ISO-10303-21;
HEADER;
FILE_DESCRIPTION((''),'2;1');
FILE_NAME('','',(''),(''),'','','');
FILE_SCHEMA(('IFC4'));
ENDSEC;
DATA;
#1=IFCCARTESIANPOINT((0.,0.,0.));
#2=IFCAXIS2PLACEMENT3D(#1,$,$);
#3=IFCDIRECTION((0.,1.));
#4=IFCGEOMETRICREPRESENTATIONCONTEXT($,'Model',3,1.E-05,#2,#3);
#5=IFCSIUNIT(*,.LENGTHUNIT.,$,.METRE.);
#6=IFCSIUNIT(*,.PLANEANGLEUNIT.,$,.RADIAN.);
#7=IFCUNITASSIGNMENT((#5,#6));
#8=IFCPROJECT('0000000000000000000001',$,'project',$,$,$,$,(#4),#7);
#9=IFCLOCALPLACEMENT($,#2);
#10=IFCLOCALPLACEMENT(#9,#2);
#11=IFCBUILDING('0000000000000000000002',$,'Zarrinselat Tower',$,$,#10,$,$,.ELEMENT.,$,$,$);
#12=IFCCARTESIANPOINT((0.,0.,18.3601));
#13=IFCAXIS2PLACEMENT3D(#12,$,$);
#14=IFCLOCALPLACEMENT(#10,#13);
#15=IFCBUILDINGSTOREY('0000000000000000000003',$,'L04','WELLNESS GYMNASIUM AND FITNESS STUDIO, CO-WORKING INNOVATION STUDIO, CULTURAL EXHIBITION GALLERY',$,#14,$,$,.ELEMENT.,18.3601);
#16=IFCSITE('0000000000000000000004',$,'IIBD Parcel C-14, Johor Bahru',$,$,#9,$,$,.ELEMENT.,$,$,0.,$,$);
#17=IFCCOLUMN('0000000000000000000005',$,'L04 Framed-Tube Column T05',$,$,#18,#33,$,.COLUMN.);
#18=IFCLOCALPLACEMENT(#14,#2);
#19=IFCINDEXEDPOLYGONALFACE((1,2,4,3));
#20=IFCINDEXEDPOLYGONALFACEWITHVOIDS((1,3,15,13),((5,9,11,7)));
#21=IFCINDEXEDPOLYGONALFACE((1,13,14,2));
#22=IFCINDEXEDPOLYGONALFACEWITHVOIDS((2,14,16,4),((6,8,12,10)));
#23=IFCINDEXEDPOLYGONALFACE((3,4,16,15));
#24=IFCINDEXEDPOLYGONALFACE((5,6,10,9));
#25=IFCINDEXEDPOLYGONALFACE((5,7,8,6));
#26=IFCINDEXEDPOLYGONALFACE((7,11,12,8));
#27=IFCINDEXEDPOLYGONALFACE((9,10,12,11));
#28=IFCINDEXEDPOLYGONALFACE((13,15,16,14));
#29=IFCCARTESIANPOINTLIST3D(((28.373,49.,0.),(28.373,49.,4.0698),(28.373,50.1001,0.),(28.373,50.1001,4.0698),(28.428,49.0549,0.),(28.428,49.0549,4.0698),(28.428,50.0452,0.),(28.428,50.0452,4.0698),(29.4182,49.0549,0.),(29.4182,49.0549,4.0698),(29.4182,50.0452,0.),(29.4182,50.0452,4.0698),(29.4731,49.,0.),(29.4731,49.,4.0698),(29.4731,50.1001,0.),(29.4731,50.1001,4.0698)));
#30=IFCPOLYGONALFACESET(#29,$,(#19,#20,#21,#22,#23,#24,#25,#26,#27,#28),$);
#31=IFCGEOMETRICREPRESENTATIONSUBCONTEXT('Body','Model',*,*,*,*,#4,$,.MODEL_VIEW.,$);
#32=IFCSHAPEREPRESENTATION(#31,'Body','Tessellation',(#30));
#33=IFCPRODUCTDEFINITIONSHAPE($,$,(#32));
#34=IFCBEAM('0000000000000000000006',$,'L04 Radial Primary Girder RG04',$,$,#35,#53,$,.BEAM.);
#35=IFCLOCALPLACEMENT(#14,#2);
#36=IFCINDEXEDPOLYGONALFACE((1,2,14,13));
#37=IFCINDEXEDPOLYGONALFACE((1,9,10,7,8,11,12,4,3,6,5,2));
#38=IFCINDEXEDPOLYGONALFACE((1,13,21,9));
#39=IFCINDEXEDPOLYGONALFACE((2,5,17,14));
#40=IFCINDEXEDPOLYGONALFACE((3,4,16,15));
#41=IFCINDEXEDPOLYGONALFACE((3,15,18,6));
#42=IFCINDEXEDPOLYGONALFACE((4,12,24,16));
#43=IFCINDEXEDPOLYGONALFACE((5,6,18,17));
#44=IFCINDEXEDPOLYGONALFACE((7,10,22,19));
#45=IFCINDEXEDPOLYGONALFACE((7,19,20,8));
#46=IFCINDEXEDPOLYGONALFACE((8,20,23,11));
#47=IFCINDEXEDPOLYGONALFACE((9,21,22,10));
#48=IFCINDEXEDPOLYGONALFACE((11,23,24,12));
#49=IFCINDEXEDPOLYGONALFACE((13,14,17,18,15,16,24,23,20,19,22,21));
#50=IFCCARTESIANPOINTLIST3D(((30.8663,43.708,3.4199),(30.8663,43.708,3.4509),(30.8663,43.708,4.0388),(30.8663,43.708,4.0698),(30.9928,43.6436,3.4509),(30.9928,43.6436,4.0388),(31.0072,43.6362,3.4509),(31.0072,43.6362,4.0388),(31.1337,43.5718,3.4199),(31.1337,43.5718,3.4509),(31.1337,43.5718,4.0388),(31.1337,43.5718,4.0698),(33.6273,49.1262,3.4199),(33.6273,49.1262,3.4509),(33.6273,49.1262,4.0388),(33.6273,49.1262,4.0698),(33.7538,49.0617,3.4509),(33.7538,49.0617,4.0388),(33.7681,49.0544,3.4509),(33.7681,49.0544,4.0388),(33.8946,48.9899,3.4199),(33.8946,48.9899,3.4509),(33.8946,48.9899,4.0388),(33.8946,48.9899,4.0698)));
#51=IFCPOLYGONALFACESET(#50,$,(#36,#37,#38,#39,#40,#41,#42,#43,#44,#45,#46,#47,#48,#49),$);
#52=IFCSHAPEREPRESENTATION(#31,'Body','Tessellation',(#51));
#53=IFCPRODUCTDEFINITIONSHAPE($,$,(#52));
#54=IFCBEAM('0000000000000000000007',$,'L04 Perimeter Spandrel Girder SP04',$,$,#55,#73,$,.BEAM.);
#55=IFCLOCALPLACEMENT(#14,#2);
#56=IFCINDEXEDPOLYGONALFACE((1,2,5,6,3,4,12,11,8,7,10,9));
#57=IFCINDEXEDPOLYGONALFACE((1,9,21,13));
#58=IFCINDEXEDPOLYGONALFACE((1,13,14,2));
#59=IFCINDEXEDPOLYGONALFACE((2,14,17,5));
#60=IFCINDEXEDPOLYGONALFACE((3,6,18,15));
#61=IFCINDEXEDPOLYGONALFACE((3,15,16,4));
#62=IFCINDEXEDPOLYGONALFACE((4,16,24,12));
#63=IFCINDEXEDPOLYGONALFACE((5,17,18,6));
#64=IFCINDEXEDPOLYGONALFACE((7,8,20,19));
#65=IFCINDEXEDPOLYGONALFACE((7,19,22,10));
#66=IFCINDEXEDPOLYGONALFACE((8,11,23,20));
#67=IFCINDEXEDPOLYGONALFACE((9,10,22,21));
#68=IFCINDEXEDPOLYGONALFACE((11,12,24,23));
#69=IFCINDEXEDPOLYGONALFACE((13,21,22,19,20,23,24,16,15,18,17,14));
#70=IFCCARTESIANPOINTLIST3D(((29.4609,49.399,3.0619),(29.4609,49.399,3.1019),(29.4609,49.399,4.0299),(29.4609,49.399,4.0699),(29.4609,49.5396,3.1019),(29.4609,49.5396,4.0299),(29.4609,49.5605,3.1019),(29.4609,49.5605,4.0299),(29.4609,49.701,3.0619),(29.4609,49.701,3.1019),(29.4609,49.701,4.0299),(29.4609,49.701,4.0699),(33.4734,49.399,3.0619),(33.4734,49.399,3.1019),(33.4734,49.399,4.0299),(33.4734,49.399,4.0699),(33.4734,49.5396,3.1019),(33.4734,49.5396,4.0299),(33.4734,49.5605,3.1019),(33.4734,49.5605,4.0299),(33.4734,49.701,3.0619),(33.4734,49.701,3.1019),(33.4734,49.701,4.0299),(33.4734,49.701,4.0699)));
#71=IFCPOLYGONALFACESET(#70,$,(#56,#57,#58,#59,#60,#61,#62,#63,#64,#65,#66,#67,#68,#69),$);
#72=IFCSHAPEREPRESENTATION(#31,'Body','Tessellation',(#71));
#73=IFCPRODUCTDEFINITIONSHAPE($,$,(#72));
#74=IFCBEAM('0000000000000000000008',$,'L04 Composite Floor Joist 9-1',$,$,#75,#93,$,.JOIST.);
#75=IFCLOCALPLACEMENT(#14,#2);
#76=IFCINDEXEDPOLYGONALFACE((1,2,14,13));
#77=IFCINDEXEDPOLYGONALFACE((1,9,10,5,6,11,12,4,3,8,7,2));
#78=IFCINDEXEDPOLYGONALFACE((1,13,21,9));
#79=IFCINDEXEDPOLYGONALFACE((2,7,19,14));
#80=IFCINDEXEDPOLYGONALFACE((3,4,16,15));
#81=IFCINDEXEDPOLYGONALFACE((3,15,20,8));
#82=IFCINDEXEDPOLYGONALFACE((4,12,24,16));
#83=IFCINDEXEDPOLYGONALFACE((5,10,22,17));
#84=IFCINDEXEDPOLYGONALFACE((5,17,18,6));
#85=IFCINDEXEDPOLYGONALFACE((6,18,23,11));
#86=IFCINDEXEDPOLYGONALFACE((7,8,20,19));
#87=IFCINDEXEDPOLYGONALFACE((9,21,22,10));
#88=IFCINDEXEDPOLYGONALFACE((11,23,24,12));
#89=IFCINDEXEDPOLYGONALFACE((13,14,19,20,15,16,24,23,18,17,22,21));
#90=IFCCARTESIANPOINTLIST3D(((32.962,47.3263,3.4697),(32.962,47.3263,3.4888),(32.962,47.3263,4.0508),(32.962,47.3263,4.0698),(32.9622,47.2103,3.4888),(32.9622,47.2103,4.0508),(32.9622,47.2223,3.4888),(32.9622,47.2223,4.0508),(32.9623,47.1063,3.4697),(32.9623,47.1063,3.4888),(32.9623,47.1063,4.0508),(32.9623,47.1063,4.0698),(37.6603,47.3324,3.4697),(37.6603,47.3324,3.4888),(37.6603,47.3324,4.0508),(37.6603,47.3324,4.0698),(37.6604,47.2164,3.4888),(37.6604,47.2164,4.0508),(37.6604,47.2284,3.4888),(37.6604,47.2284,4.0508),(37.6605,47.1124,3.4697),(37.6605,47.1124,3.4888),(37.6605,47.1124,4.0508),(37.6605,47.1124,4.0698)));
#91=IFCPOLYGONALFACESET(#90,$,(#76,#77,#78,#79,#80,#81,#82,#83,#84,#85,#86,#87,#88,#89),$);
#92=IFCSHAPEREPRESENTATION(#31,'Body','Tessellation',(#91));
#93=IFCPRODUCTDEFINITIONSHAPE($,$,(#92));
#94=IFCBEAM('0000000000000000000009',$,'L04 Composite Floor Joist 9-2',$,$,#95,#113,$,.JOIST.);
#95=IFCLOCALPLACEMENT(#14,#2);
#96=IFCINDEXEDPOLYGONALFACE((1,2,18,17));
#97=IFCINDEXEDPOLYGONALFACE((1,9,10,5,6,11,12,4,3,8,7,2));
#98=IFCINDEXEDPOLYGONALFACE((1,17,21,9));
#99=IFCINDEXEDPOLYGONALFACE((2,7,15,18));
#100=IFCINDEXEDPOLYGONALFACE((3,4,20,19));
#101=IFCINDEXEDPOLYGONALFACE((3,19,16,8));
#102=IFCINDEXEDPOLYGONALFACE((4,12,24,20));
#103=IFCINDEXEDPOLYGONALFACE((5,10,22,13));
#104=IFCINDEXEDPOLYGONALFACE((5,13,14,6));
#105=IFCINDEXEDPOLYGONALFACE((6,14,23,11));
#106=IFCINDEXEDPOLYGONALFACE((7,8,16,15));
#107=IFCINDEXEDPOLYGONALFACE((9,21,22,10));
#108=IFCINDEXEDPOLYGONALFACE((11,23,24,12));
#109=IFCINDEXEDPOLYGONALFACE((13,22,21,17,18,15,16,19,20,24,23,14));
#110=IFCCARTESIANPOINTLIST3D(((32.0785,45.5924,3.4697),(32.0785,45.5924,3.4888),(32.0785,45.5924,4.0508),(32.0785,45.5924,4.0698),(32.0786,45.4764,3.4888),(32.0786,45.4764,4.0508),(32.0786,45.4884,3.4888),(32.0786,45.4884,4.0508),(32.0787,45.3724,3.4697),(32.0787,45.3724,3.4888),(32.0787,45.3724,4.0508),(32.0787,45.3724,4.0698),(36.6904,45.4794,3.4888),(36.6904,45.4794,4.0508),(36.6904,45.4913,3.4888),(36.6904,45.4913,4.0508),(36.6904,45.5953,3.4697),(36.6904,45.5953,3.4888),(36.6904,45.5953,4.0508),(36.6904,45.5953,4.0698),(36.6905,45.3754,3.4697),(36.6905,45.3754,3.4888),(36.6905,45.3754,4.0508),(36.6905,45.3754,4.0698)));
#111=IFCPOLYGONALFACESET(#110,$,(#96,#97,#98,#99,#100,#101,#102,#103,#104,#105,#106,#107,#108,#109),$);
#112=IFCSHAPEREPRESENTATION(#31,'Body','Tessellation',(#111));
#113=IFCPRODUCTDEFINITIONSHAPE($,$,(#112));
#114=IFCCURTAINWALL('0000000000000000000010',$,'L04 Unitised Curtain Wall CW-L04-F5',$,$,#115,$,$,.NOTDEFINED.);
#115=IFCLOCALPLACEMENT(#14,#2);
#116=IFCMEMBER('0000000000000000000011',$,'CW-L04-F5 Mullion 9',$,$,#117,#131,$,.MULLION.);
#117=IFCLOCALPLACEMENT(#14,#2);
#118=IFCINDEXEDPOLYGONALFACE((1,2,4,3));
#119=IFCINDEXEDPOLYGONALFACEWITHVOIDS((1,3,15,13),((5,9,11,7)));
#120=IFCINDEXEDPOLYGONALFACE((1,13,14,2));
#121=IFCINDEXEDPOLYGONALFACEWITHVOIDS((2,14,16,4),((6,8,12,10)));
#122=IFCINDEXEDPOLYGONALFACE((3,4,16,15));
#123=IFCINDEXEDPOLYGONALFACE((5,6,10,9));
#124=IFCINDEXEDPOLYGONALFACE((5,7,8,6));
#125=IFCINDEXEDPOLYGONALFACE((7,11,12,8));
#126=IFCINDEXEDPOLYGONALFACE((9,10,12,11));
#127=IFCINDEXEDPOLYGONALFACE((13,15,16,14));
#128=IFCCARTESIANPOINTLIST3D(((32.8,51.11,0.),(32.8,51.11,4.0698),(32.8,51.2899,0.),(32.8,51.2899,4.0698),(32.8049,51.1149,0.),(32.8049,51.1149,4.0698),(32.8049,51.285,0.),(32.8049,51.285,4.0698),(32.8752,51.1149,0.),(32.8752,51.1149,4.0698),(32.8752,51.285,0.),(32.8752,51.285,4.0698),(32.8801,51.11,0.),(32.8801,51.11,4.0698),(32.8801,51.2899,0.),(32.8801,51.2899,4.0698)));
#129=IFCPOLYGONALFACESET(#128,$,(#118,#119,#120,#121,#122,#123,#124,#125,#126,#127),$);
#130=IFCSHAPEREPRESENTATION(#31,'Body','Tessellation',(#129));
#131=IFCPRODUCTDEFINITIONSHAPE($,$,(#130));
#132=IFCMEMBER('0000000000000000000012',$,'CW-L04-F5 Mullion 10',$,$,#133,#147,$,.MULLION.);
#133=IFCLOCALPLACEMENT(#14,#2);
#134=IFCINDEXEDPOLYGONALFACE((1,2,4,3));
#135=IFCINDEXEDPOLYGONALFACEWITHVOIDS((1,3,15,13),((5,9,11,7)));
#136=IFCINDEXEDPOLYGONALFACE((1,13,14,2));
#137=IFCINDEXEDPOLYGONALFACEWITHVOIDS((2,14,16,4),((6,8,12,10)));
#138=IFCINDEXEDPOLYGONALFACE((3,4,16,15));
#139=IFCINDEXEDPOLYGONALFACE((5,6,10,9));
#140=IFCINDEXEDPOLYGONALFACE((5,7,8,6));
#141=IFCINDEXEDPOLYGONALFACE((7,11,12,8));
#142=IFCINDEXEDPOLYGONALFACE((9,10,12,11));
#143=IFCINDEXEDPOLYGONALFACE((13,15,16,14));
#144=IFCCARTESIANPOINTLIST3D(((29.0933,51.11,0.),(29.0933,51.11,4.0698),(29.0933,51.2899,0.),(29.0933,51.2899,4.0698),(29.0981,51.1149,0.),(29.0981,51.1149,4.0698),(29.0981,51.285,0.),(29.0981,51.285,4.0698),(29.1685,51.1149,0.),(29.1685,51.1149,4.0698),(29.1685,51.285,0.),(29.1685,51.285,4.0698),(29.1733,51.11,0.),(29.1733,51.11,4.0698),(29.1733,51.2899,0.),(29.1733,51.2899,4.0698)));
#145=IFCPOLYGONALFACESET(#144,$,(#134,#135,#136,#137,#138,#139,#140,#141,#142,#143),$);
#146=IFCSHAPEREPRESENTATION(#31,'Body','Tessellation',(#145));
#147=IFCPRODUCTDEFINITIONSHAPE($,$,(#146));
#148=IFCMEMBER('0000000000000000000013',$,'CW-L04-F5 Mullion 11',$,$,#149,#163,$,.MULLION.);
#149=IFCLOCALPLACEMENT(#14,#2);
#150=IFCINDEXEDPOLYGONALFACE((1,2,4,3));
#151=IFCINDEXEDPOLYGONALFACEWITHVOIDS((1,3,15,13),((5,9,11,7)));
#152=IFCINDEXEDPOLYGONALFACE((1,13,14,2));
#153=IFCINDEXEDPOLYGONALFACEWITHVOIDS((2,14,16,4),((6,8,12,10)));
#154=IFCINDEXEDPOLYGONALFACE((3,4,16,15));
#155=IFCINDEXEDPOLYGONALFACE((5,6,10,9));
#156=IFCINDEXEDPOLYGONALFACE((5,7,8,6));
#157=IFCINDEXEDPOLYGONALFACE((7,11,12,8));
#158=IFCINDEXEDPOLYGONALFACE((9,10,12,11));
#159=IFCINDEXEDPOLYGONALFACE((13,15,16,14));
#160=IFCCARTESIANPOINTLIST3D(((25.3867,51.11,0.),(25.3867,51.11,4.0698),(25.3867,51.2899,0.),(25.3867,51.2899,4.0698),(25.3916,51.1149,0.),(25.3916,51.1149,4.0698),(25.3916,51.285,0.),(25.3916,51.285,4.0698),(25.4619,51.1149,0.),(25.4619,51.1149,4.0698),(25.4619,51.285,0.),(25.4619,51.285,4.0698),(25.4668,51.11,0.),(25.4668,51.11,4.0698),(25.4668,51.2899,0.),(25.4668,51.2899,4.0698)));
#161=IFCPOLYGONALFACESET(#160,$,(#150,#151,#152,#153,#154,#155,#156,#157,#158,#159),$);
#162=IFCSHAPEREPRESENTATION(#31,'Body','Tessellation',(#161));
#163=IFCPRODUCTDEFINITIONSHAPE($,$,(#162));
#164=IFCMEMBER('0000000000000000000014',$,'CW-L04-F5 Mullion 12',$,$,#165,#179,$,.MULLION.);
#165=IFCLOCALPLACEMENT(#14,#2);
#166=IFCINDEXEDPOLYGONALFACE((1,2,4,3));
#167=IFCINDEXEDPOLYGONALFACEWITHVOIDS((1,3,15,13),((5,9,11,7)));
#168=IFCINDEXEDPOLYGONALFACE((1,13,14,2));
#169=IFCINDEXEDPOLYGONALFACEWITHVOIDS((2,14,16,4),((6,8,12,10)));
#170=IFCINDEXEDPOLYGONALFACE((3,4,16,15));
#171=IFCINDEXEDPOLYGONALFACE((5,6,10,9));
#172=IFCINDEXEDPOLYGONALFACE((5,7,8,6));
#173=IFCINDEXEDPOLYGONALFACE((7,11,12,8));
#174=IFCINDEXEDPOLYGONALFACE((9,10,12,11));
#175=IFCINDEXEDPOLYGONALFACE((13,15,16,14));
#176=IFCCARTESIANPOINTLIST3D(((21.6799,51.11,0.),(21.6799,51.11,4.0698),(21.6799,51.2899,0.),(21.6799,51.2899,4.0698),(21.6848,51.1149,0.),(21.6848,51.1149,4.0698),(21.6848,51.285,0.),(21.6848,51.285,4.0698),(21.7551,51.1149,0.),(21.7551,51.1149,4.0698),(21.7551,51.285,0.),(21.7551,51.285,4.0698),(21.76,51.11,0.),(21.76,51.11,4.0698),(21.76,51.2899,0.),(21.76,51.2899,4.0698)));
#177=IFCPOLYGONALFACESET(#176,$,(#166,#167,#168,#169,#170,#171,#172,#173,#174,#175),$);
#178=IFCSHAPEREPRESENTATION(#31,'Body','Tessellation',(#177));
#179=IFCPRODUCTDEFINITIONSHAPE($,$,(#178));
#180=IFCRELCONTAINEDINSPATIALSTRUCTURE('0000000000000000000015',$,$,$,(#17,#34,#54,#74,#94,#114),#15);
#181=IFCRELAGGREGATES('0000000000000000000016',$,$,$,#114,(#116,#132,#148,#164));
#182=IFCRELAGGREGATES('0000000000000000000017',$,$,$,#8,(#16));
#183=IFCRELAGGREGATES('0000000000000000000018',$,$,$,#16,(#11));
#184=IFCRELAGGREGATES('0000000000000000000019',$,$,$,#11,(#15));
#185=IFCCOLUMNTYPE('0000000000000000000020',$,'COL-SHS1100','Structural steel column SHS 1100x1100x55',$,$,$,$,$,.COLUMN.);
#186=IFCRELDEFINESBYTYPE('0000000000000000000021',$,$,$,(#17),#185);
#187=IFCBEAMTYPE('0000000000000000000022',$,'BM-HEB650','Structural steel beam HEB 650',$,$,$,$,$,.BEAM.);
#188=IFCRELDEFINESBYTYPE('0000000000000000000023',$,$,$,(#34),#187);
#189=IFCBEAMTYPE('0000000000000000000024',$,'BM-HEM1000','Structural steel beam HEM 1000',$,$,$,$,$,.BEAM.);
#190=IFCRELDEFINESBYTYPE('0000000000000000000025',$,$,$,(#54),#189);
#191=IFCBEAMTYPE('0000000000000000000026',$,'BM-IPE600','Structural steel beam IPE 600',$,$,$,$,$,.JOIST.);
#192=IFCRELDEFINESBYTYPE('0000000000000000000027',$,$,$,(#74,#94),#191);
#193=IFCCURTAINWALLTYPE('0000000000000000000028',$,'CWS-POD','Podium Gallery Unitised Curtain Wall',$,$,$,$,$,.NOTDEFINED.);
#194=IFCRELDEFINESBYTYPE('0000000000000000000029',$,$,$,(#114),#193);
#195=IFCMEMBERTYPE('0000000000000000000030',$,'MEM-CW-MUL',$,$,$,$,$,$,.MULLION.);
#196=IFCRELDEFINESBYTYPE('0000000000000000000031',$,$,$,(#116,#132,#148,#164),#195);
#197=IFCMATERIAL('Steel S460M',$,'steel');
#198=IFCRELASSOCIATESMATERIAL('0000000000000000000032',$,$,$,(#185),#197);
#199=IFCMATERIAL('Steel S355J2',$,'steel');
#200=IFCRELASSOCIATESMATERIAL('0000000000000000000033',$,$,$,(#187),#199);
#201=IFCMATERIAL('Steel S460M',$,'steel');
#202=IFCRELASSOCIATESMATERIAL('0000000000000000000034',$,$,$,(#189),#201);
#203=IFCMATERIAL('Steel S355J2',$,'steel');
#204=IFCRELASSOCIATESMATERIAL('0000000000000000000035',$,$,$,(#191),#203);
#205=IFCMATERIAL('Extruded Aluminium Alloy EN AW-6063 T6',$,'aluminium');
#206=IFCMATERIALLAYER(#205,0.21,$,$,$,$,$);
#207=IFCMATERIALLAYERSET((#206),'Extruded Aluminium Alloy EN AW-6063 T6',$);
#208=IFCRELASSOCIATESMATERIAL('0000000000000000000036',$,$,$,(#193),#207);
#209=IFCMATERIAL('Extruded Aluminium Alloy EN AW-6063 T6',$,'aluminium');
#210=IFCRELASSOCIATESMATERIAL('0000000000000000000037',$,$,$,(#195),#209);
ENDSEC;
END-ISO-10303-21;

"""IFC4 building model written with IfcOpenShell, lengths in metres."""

from ifc_helpers import new_model, si_unit, direction, frame, origin, origin_2d, place, context, subcontext, project, spatial, hollow_rectangle, i_section, extrude, material, layer, layer_set, material_profile, profile_set, type_object, element, aggregate, save


model = new_model("IFC4")

# Units and contexts
model_context = context("Model", 3, precision=1e-05, world=origin(), true_north=direction((0.0, 1.0)))
body_context = subcontext(model_context, "Body", "Model", "MODEL_VIEW")
ifc_project = project(units=[si_unit("LENGTHUNIT", "METRE"), si_unit("PLANEANGLEUNIT", "RADIAN")], contexts=[model_context])

# Site, building, storey
site_placement = place(None, origin())
site = spatial("IfcSite", under=ifc_project, at=site_placement, Name="IIBD Parcel C-14, Johor Bahru", CompositionType="ELEMENT", RefElevation=0.0)
building_placement = place(site_placement, origin())
building = spatial("IfcBuilding", under=site, at=building_placement, Name="Zarrinselat Tower", CompositionType="ELEMENT")
storey_placement = place(building_placement, frame((0.0, 0.0, 18.3601)))
storey = spatial("IfcBuildingStorey", under=building, at=storey_placement, Name="L04", Description="WELLNESS GYMNASIUM AND FITNESS STUDIO, CO-WORKING INNOVATION STUDIO, CULTURAL EXHIBITION GALLERY", CompositionType="ELEMENT", Elevation=18.3601)

# Column
ifc_material_1 = material(Name="Steel S460M", Category="steel")
ifc_material_profile_1 = material_profile(ifc_material_1, hollow_rectangle(XDim=1.1001, YDim=1.1001, WallThickness=0.0549, at=origin_2d()), Name="SHS 1100x1100x55")
ifc_profile_set_1 = profile_set([ifc_material_profile_1], Name="Steel S460M")
column_type = type_object("IfcColumnType", Name="COL-SHS1100", Description="Structural steel column SHS 1100x1100x55", PredefinedType="COLUMN", material=ifc_profile_set_1)
column_placement = place(storey_placement, frame((28.9231, 49.55, 0.0), z_axis=(0.0, 0.0, 1.0), x_axis=(1.0, 0.0, 0.0)))
element("IfcColumn", 1, at=column_placement, inside=storey, type_object=column_type, Name="L04 Framed-Tube Column T05", PredefinedType="COLUMN", context=body_context, shape_type="SweptSolid", body=[
    extrude(hollow_rectangle(XDim=1.1001, YDim=1.1001, WallThickness=0.0549, at=origin_2d()), origin(), (0.0, 0.0, 1.0), 4.0698),
])

# Beams
ifc_material_2 = material(Name="Steel S355J2", Category="steel")
ifc_material_profile_2 = material_profile(ifc_material_2, i_section(OverallWidth=0.3, OverallDepth=0.6499, WebThickness=0.0161, FlangeThickness=0.031, at=origin_2d()), Name="HEB 650")
ifc_profile_set_2 = profile_set([ifc_material_profile_2], Name="Steel S355J2")
beam_type_1 = type_object("IfcBeamType", Name="BM-HEB650", Description="Structural steel beam HEB 650", PredefinedType="BEAM", material=ifc_profile_set_2)
beam_1_placement = place(storey_placement, frame((31.0, 43.6399, 3.7449), z_axis=(0.454026, 0.890989, 0.0), x_axis=(-0.890989, 0.454026, 0.0)))
element("IfcBeam", 2, at=beam_1_placement, inside=storey, type_object=beam_type_1, Name="L04 Radial Primary Girder RG04", PredefinedType="BEAM", context=body_context, shape_type="SweptSolid", body=[
    extrude(i_section(OverallWidth=0.3, OverallDepth=0.6499, WebThickness=0.0161, FlangeThickness=0.031, at=origin_2d()), origin(), (0.0, 0.0, 1.0), 6.0811),
])
ifc_material_3 = material(Name="Steel S460M", Category="steel")
ifc_material_profile_3 = material_profile(ifc_material_3, i_section(OverallWidth=0.302, OverallDepth=1.0081, WebThickness=0.021, FlangeThickness=0.04, at=origin_2d()), Name="HEM 1000")
ifc_profile_set_3 = profile_set([ifc_material_profile_3], Name="Steel S460M")
beam_type_2 = type_object("IfcBeamType", Name="BM-HEM1000", Description="Structural steel beam HEM 1000", PredefinedType="BEAM", material=ifc_profile_set_3)
beam_2_placement = place(storey_placement, frame((29.4609, 49.55, 3.5659), z_axis=(1.0, 0.0, 0.0), x_axis=(0.0, 1.0, 0.0)))
element("IfcBeam", 3, at=beam_2_placement, inside=storey, type_object=beam_type_2, Name="L04 Perimeter Spandrel Girder SP04", PredefinedType="BEAM", context=body_context, shape_type="SweptSolid", body=[
    extrude(i_section(OverallWidth=0.302, OverallDepth=1.0081, WebThickness=0.021, FlangeThickness=0.04, at=origin_2d()), origin(), (0.0, 0.0, 1.0), 4.0125),
])
ifc_material_4 = material(Name="Steel S355J2", Category="steel")
ifc_material_profile_4 = material_profile(ifc_material_4, i_section(OverallWidth=0.22, OverallDepth=0.6001, WebThickness=0.012, FlangeThickness=0.019, at=origin_2d()), Name="IPE 600")
ifc_profile_set_4 = profile_set([ifc_material_profile_4], Name="Steel S355J2")
beam_type_3 = type_object("IfcBeamType", Name="BM-IPE600", Description="Structural steel beam IPE 600", PredefinedType="JOIST", material=ifc_profile_set_4)
beam_3_placement = place(storey_placement, frame((32.9622, 47.2163, 3.7698), z_axis=(0.999999, 0.001299, 0.0), x_axis=(-0.001299, 0.999999, 0.0)))
element("IfcBeam", 4, at=beam_3_placement, inside=storey, type_object=beam_type_3, Name="L04 Composite Floor Joist 9-1", PredefinedType="JOIST", context=body_context, shape_type="SweptSolid", body=[
    extrude(i_section(OverallWidth=0.22, OverallDepth=0.6001, WebThickness=0.012, FlangeThickness=0.019, at=origin_2d()), origin(), (0.0, 0.0, 1.0), 4.6982),
])
beam_4_placement = place(storey_placement, frame((32.0786, 45.4824, 3.7698), z_axis=(1.0, 0.000635, 0.0), x_axis=(-0.000635, 1.0, 0.0)))
element("IfcBeam", 5, at=beam_4_placement, inside=storey, type_object=beam_type_3, Name="L04 Composite Floor Joist 9-2", PredefinedType="JOIST", context=body_context, shape_type="SweptSolid", body=[
    extrude(i_section(OverallWidth=0.22, OverallDepth=0.6001, WebThickness=0.012, FlangeThickness=0.019, at=origin_2d()), origin(), (0.0, 0.0, 1.0), 4.6118),
])

# Curtain wall, members
ifc_material_5 = material(Name="Extruded Aluminium Alloy EN AW-6063 T6", Category="aluminium")
ifc_layer_1 = layer(ifc_material_5, 0.21)
ifc_layer_set_1 = layer_set([ifc_layer_1], Name="Extruded Aluminium Alloy EN AW-6063 T6")
curtain_wall_type = type_object("IfcCurtainWallType", Name="CWS-POD", Description="Podium Gallery Unitised Curtain Wall", PredefinedType="NOTDEFINED", material=ifc_layer_set_1)
curtain_wall_placement = place(storey_placement, origin())
curtain_wall = element("IfcCurtainWall", 6, at=curtain_wall_placement, inside=storey, type_object=curtain_wall_type, Name="L04 Unitised Curtain Wall CW-L04-F5", PredefinedType="NOTDEFINED")
ifc_material_6 = material(Name="Extruded Aluminium Alloy EN AW-6063 T6", Category="aluminium")
ifc_material_profile_5 = material_profile(ifc_material_6, hollow_rectangle(XDim=0.0801, YDim=0.1799, WallThickness=0.0049, at=origin_2d()), Name="RHS 180x80x5")
ifc_profile_set_5 = profile_set([ifc_material_profile_5], Name="Extruded Aluminium Alloy EN AW-6063 T6")
member_type = type_object("IfcMemberType", Name="MEM-CW-MUL", PredefinedType="MULLION", material=ifc_profile_set_5)
member_1_placement = place(storey_placement, frame((32.8401, 51.2, 0.0), z_axis=(0.0, 0.0, 1.0), x_axis=(-1.0, 0.0, 0.0)))
member_1 = element("IfcMember", 7, at=member_1_placement, type_object=member_type, Name="CW-L04-F5 Mullion 9", PredefinedType="MULLION", context=body_context, shape_type="SweptSolid", body=[
    extrude(hollow_rectangle(XDim=0.0801, YDim=0.1799, WallThickness=0.0049, at=origin_2d()), origin(), (0.0, 0.0, 1.0), 4.0698),
])
member_2_placement = place(storey_placement, frame((29.1333, 51.2, 0.0), z_axis=(0.0, 0.0, 1.0), x_axis=(-1.0, 0.0, 0.0)))
member_2 = element("IfcMember", 8, at=member_2_placement, type_object=member_type, Name="CW-L04-F5 Mullion 10", PredefinedType="MULLION", context=body_context, shape_type="SweptSolid", body=[
    extrude(hollow_rectangle(XDim=0.0801, YDim=0.1799, WallThickness=0.0049, at=origin_2d()), origin(), (0.0, 0.0, 1.0), 4.0698),
])
member_3_placement = place(storey_placement, frame((25.4268, 51.2, 0.0), z_axis=(0.0, 0.0, 1.0), x_axis=(-1.0, 0.0, 0.0)))
member_3 = element("IfcMember", 9, at=member_3_placement, type_object=member_type, Name="CW-L04-F5 Mullion 11", PredefinedType="MULLION", context=body_context, shape_type="SweptSolid", body=[
    extrude(hollow_rectangle(XDim=0.0801, YDim=0.1799, WallThickness=0.0049, at=origin_2d()), origin(), (0.0, 0.0, 1.0), 4.0698),
])
member_4_placement = place(storey_placement, frame((21.72, 51.2, 0.0), z_axis=(0.0, 0.0, 1.0), x_axis=(-1.0, 0.0, 0.0)))
member_4 = element("IfcMember", 10, at=member_4_placement, type_object=member_type, Name="CW-L04-F5 Mullion 12", PredefinedType="MULLION", context=body_context, shape_type="SweptSolid", body=[
    extrude(hollow_rectangle(XDim=0.0801, YDim=0.1799, WallThickness=0.0049, at=origin_2d()), origin(), (0.0, 0.0, 1.0), 4.0698),
])
aggregate(curtain_wall, [member_1, member_2, member_3, member_4])

save(model, "model.ifc")
